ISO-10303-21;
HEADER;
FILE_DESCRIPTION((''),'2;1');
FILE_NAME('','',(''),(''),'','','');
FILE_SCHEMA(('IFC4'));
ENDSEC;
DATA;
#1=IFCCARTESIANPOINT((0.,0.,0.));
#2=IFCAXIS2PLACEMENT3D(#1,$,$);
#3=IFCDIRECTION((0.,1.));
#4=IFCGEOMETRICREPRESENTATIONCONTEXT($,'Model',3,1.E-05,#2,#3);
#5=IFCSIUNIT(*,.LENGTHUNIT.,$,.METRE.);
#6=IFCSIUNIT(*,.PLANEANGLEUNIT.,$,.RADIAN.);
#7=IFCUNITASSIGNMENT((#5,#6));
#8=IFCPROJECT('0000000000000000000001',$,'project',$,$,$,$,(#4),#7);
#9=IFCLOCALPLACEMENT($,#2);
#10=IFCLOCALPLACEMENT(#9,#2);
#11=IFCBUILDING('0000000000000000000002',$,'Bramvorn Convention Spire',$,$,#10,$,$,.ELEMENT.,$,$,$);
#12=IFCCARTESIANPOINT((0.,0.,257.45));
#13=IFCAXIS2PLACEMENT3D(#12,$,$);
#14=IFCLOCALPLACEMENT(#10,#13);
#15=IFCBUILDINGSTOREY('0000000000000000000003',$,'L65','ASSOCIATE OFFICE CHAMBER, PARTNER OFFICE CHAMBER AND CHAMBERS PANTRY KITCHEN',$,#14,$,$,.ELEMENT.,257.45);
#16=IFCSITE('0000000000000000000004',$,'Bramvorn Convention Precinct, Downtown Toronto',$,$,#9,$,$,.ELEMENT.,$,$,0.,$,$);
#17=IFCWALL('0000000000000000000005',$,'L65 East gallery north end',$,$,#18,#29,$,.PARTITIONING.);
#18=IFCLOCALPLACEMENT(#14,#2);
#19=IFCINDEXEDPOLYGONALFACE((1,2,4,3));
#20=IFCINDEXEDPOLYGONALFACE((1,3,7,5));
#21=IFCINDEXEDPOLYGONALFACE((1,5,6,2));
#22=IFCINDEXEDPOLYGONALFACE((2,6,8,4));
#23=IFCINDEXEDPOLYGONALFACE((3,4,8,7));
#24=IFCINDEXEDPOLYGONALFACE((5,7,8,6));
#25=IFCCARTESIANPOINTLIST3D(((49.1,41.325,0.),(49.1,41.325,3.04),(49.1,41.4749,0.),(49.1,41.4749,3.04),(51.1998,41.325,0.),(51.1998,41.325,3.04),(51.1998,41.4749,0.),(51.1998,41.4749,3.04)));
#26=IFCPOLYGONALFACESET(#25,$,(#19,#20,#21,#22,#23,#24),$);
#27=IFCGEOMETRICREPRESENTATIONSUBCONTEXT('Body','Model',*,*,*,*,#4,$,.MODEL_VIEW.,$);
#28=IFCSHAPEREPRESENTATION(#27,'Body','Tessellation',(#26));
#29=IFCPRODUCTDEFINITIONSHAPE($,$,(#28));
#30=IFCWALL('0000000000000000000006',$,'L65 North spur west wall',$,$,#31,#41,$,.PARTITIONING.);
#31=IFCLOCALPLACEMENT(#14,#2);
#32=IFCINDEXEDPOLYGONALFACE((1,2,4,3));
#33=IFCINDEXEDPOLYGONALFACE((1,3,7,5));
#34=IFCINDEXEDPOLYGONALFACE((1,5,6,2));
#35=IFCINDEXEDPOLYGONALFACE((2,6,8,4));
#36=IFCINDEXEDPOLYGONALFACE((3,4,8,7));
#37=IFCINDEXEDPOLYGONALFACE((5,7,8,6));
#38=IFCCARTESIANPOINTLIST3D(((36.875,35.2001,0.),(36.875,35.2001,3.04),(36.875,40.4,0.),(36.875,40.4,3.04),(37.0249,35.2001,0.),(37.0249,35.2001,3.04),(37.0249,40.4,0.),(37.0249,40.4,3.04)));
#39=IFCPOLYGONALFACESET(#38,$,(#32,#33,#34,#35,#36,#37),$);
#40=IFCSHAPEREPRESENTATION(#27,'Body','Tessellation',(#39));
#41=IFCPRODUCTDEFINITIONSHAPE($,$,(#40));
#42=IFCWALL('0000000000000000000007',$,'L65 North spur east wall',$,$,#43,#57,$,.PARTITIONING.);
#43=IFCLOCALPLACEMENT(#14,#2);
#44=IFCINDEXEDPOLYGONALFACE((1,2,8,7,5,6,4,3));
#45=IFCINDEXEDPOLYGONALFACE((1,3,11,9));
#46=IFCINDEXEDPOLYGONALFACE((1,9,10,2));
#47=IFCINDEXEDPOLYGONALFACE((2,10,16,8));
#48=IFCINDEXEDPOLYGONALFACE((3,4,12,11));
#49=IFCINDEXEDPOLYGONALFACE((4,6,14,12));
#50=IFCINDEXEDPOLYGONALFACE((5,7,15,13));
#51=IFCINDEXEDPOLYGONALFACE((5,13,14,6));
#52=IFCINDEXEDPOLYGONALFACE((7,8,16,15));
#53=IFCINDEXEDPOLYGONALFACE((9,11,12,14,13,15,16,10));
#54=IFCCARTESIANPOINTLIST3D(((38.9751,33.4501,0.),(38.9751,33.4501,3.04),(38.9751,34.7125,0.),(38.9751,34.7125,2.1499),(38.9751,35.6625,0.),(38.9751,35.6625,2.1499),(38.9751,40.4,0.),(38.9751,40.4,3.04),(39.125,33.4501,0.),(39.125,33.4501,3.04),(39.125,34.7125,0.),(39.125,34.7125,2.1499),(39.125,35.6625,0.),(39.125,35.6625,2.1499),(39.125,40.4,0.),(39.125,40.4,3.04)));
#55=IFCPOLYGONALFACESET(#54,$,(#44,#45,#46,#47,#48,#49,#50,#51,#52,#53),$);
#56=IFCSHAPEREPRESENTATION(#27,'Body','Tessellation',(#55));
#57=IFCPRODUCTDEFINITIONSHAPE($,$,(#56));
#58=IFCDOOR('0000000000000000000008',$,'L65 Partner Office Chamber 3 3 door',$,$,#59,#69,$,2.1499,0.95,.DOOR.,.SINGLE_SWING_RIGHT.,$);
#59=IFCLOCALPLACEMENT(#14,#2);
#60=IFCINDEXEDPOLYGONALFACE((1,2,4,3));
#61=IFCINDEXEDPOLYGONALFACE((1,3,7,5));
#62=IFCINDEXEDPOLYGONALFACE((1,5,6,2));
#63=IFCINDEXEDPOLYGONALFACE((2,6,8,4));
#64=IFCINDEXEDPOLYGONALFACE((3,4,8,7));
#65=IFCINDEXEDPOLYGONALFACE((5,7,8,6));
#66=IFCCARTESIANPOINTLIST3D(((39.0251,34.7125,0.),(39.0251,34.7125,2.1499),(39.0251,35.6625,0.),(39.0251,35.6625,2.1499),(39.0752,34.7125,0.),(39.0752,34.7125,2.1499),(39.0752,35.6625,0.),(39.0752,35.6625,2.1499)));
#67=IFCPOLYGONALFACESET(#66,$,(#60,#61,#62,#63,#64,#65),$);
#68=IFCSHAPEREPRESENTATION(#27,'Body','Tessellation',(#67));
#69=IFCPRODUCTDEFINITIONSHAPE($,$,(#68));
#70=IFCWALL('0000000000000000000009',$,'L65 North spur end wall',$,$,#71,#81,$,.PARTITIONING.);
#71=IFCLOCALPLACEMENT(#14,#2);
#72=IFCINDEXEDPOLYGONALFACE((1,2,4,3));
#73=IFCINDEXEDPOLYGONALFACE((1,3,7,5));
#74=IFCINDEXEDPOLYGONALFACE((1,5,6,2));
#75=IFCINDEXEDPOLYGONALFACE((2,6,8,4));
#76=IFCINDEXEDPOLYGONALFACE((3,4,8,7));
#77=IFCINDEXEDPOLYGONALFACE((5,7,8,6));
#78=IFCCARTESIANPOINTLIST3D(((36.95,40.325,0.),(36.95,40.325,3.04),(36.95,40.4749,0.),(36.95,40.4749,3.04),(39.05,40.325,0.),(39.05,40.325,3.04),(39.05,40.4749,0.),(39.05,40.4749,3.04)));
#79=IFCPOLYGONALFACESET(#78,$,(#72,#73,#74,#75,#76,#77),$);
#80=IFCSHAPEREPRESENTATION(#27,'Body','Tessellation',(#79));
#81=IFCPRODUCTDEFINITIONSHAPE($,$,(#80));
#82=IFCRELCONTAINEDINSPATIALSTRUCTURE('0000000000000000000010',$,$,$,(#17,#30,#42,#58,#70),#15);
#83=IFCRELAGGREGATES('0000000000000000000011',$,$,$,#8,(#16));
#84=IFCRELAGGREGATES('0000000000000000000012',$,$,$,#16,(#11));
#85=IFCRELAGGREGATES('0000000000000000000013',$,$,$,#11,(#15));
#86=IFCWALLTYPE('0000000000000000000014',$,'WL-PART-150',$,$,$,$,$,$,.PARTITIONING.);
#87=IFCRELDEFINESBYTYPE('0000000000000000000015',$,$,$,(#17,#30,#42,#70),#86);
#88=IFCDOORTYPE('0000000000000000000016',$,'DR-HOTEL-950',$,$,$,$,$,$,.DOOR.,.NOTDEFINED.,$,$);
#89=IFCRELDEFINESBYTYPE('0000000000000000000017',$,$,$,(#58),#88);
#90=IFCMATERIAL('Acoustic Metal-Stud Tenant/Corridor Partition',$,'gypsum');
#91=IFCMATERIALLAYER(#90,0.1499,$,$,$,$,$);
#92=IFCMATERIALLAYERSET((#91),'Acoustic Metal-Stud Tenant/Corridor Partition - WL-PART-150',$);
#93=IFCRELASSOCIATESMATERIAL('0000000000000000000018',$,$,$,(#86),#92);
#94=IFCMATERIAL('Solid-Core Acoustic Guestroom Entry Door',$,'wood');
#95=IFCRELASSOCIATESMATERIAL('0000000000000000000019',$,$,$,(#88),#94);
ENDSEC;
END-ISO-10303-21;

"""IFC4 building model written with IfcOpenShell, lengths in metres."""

from ifc_helpers import new_model, si_unit, direction, frame, frame_2d, origin, place, context, subcontext, project, spatial, rectangle, extrude, material, layer, layer_set, type_object, element, fill, save


model = new_model("IFC4")

# Units and contexts
model_context = context("Model", 3, precision=1e-05, world=origin(), true_north=direction((0.0, 1.0)))
body_context = subcontext(model_context, "Body", "Model", "MODEL_VIEW")
ifc_project = project(units=[si_unit("LENGTHUNIT", "METRE"), si_unit("PLANEANGLEUNIT", "RADIAN")], contexts=[model_context])

# Site, building, storey
site_placement = place(None, origin())
site = spatial("IfcSite", under=ifc_project, at=site_placement, Name="Bramvorn Convention Precinct, Downtown Toronto", CompositionType="ELEMENT", RefElevation=0.0)
building_placement = place(site_placement, origin())
building = spatial("IfcBuilding", under=site, at=building_placement, Name="Bramvorn Convention Spire", CompositionType="ELEMENT")
storey_placement = place(building_placement, frame((0.0, 0.0, 257.45)))
storey = spatial("IfcBuildingStorey", under=building, at=storey_placement, Name="L65", Description="ASSOCIATE OFFICE CHAMBER, PARTNER OFFICE CHAMBER AND CHAMBERS PANTRY KITCHEN", CompositionType="ELEMENT", Elevation=257.45)

# Shared definitions
ifc_material_1 = material(Name="Acoustic Metal-Stud Tenant/Corridor Partition", Category="gypsum")
ifc_layer_1 = layer(ifc_material_1, 0.1499)
ifc_layer_set_1 = layer_set([ifc_layer_1], Name="Acoustic Metal-Stud Tenant/Corridor Partition - WL-PART-150")
wall_type_1 = type_object("IfcWallType", Name="WL-PART-150", PredefinedType="PARTITIONING", material=ifc_layer_set_1)
ifc_material_2 = material(Name="Solid-Core Acoustic Guestroom Entry Door", Category="wood")
door_type = type_object("IfcDoorType", Name="DR-HOTEL-950", OperationType="NOTDEFINED", PredefinedType="DOOR", material=ifc_material_2)

# Walls
wall_1_placement = place(storey_placement, frame((49.1001, 41.3999, 0.0), z_axis=(0.0, 0.0, 1.0), x_axis=(1.0, 0.0, 0.0)))
element("IfcWall", 1, at=wall_1_placement, inside=storey, type_object=wall_type_1, Name="L65 East gallery north end", PredefinedType="PARTITIONING", context=body_context, shape_type="SweptSolid", body=[
    extrude(rectangle(XDim=2.0999, YDim=0.1499, at=frame_2d((1.0498, 0.0))), origin(), (0.0, 0.0, 1.0), 3.04),
])
wall_2_placement = place(storey_placement, frame((36.95, 35.2, 0.0), z_axis=(0.0, 0.0, 1.0), x_axis=(0.0, 1.0, 0.0)))
element("IfcWall", 2, at=wall_2_placement, inside=storey, type_object=wall_type_1, Name="L65 North spur west wall", PredefinedType="PARTITIONING", context=body_context, shape_type="SweptSolid", body=[
    extrude(rectangle(XDim=5.2, YDim=0.1499, at=frame_2d((2.6001, 0.0))), origin(), (0.0, 0.0, 1.0), 3.04),
])

# Wall, opening, door
wall_3_placement = place(storey_placement, frame((39.05, 33.45, 0.0), z_axis=(0.0, 0.0, 1.0), x_axis=(0.0, 1.0, 0.0)))
wall_3 = element("IfcWall", 3, at=wall_3_placement, inside=storey, type_object=wall_type_1, Name="L65 North spur east wall", PredefinedType="PARTITIONING", context=body_context, shape_type="SweptSolid", body=[
    extrude(rectangle(XDim=6.95, YDim=0.1499, at=frame_2d((3.4751, 0.0))), origin(), (0.0, 0.0, 1.0), 3.04),
])
opening_1_placement = place(wall_3_placement, frame((1.2625, 0.0, 0.0)))
opening_1 = element("IfcOpeningElement", 4, at=opening_1_placement, cuts=wall_3, PredefinedType="OPENING", context=body_context, shape_type="SweptSolid", body=[
    extrude(rectangle(XDim=0.95, YDim=2.1499, at=frame_2d((0.4751, 1.075))), frame((0.0, 0.085, 0.0), z_axis=(0.0, -1.0, 0.0), x_axis=(1.0, 0.0, 0.0)), (0.0, 0.0, 1.0), 0.1699),
])
door_1_placement = place(opening_1_placement, origin())
door_1 = element("IfcDoor", 5, at=door_1_placement, inside=storey, type_object=door_type, Name="L65 Partner Office Chamber 3 3 door", OperationType="SINGLE_SWING_RIGHT", OverallHeight=2.1499, OverallWidth=0.95, PredefinedType="DOOR", context=body_context, shape_type="SweptSolid", body=[
    extrude(rectangle(XDim=0.95, YDim=2.1499, at=frame_2d((0.4751, 1.075))), frame((0.0, 0.0249, 0.0), z_axis=(0.0, -1.0, 0.0), x_axis=(1.0, 0.0, 0.0)), (0.0, 0.0, 1.0), 0.05),
])
fill(opening_1, door_1)

# Wall
wall_4_placement = place(storey_placement, frame((36.95, 40.3999, 0.0), z_axis=(0.0, 0.0, 1.0), x_axis=(1.0, 0.0, 0.0)))
element("IfcWall", 6, at=wall_4_placement, inside=storey, type_object=wall_type_1, Name="L65 North spur end wall", PredefinedType="PARTITIONING", context=body_context, shape_type="SweptSolid", body=[
    extrude(rectangle(XDim=2.1001, YDim=0.1499, at=frame_2d((1.05, 0.0))), origin(), (0.0, 0.0, 1.0), 3.04),
])

save(model, "model.ifc")
